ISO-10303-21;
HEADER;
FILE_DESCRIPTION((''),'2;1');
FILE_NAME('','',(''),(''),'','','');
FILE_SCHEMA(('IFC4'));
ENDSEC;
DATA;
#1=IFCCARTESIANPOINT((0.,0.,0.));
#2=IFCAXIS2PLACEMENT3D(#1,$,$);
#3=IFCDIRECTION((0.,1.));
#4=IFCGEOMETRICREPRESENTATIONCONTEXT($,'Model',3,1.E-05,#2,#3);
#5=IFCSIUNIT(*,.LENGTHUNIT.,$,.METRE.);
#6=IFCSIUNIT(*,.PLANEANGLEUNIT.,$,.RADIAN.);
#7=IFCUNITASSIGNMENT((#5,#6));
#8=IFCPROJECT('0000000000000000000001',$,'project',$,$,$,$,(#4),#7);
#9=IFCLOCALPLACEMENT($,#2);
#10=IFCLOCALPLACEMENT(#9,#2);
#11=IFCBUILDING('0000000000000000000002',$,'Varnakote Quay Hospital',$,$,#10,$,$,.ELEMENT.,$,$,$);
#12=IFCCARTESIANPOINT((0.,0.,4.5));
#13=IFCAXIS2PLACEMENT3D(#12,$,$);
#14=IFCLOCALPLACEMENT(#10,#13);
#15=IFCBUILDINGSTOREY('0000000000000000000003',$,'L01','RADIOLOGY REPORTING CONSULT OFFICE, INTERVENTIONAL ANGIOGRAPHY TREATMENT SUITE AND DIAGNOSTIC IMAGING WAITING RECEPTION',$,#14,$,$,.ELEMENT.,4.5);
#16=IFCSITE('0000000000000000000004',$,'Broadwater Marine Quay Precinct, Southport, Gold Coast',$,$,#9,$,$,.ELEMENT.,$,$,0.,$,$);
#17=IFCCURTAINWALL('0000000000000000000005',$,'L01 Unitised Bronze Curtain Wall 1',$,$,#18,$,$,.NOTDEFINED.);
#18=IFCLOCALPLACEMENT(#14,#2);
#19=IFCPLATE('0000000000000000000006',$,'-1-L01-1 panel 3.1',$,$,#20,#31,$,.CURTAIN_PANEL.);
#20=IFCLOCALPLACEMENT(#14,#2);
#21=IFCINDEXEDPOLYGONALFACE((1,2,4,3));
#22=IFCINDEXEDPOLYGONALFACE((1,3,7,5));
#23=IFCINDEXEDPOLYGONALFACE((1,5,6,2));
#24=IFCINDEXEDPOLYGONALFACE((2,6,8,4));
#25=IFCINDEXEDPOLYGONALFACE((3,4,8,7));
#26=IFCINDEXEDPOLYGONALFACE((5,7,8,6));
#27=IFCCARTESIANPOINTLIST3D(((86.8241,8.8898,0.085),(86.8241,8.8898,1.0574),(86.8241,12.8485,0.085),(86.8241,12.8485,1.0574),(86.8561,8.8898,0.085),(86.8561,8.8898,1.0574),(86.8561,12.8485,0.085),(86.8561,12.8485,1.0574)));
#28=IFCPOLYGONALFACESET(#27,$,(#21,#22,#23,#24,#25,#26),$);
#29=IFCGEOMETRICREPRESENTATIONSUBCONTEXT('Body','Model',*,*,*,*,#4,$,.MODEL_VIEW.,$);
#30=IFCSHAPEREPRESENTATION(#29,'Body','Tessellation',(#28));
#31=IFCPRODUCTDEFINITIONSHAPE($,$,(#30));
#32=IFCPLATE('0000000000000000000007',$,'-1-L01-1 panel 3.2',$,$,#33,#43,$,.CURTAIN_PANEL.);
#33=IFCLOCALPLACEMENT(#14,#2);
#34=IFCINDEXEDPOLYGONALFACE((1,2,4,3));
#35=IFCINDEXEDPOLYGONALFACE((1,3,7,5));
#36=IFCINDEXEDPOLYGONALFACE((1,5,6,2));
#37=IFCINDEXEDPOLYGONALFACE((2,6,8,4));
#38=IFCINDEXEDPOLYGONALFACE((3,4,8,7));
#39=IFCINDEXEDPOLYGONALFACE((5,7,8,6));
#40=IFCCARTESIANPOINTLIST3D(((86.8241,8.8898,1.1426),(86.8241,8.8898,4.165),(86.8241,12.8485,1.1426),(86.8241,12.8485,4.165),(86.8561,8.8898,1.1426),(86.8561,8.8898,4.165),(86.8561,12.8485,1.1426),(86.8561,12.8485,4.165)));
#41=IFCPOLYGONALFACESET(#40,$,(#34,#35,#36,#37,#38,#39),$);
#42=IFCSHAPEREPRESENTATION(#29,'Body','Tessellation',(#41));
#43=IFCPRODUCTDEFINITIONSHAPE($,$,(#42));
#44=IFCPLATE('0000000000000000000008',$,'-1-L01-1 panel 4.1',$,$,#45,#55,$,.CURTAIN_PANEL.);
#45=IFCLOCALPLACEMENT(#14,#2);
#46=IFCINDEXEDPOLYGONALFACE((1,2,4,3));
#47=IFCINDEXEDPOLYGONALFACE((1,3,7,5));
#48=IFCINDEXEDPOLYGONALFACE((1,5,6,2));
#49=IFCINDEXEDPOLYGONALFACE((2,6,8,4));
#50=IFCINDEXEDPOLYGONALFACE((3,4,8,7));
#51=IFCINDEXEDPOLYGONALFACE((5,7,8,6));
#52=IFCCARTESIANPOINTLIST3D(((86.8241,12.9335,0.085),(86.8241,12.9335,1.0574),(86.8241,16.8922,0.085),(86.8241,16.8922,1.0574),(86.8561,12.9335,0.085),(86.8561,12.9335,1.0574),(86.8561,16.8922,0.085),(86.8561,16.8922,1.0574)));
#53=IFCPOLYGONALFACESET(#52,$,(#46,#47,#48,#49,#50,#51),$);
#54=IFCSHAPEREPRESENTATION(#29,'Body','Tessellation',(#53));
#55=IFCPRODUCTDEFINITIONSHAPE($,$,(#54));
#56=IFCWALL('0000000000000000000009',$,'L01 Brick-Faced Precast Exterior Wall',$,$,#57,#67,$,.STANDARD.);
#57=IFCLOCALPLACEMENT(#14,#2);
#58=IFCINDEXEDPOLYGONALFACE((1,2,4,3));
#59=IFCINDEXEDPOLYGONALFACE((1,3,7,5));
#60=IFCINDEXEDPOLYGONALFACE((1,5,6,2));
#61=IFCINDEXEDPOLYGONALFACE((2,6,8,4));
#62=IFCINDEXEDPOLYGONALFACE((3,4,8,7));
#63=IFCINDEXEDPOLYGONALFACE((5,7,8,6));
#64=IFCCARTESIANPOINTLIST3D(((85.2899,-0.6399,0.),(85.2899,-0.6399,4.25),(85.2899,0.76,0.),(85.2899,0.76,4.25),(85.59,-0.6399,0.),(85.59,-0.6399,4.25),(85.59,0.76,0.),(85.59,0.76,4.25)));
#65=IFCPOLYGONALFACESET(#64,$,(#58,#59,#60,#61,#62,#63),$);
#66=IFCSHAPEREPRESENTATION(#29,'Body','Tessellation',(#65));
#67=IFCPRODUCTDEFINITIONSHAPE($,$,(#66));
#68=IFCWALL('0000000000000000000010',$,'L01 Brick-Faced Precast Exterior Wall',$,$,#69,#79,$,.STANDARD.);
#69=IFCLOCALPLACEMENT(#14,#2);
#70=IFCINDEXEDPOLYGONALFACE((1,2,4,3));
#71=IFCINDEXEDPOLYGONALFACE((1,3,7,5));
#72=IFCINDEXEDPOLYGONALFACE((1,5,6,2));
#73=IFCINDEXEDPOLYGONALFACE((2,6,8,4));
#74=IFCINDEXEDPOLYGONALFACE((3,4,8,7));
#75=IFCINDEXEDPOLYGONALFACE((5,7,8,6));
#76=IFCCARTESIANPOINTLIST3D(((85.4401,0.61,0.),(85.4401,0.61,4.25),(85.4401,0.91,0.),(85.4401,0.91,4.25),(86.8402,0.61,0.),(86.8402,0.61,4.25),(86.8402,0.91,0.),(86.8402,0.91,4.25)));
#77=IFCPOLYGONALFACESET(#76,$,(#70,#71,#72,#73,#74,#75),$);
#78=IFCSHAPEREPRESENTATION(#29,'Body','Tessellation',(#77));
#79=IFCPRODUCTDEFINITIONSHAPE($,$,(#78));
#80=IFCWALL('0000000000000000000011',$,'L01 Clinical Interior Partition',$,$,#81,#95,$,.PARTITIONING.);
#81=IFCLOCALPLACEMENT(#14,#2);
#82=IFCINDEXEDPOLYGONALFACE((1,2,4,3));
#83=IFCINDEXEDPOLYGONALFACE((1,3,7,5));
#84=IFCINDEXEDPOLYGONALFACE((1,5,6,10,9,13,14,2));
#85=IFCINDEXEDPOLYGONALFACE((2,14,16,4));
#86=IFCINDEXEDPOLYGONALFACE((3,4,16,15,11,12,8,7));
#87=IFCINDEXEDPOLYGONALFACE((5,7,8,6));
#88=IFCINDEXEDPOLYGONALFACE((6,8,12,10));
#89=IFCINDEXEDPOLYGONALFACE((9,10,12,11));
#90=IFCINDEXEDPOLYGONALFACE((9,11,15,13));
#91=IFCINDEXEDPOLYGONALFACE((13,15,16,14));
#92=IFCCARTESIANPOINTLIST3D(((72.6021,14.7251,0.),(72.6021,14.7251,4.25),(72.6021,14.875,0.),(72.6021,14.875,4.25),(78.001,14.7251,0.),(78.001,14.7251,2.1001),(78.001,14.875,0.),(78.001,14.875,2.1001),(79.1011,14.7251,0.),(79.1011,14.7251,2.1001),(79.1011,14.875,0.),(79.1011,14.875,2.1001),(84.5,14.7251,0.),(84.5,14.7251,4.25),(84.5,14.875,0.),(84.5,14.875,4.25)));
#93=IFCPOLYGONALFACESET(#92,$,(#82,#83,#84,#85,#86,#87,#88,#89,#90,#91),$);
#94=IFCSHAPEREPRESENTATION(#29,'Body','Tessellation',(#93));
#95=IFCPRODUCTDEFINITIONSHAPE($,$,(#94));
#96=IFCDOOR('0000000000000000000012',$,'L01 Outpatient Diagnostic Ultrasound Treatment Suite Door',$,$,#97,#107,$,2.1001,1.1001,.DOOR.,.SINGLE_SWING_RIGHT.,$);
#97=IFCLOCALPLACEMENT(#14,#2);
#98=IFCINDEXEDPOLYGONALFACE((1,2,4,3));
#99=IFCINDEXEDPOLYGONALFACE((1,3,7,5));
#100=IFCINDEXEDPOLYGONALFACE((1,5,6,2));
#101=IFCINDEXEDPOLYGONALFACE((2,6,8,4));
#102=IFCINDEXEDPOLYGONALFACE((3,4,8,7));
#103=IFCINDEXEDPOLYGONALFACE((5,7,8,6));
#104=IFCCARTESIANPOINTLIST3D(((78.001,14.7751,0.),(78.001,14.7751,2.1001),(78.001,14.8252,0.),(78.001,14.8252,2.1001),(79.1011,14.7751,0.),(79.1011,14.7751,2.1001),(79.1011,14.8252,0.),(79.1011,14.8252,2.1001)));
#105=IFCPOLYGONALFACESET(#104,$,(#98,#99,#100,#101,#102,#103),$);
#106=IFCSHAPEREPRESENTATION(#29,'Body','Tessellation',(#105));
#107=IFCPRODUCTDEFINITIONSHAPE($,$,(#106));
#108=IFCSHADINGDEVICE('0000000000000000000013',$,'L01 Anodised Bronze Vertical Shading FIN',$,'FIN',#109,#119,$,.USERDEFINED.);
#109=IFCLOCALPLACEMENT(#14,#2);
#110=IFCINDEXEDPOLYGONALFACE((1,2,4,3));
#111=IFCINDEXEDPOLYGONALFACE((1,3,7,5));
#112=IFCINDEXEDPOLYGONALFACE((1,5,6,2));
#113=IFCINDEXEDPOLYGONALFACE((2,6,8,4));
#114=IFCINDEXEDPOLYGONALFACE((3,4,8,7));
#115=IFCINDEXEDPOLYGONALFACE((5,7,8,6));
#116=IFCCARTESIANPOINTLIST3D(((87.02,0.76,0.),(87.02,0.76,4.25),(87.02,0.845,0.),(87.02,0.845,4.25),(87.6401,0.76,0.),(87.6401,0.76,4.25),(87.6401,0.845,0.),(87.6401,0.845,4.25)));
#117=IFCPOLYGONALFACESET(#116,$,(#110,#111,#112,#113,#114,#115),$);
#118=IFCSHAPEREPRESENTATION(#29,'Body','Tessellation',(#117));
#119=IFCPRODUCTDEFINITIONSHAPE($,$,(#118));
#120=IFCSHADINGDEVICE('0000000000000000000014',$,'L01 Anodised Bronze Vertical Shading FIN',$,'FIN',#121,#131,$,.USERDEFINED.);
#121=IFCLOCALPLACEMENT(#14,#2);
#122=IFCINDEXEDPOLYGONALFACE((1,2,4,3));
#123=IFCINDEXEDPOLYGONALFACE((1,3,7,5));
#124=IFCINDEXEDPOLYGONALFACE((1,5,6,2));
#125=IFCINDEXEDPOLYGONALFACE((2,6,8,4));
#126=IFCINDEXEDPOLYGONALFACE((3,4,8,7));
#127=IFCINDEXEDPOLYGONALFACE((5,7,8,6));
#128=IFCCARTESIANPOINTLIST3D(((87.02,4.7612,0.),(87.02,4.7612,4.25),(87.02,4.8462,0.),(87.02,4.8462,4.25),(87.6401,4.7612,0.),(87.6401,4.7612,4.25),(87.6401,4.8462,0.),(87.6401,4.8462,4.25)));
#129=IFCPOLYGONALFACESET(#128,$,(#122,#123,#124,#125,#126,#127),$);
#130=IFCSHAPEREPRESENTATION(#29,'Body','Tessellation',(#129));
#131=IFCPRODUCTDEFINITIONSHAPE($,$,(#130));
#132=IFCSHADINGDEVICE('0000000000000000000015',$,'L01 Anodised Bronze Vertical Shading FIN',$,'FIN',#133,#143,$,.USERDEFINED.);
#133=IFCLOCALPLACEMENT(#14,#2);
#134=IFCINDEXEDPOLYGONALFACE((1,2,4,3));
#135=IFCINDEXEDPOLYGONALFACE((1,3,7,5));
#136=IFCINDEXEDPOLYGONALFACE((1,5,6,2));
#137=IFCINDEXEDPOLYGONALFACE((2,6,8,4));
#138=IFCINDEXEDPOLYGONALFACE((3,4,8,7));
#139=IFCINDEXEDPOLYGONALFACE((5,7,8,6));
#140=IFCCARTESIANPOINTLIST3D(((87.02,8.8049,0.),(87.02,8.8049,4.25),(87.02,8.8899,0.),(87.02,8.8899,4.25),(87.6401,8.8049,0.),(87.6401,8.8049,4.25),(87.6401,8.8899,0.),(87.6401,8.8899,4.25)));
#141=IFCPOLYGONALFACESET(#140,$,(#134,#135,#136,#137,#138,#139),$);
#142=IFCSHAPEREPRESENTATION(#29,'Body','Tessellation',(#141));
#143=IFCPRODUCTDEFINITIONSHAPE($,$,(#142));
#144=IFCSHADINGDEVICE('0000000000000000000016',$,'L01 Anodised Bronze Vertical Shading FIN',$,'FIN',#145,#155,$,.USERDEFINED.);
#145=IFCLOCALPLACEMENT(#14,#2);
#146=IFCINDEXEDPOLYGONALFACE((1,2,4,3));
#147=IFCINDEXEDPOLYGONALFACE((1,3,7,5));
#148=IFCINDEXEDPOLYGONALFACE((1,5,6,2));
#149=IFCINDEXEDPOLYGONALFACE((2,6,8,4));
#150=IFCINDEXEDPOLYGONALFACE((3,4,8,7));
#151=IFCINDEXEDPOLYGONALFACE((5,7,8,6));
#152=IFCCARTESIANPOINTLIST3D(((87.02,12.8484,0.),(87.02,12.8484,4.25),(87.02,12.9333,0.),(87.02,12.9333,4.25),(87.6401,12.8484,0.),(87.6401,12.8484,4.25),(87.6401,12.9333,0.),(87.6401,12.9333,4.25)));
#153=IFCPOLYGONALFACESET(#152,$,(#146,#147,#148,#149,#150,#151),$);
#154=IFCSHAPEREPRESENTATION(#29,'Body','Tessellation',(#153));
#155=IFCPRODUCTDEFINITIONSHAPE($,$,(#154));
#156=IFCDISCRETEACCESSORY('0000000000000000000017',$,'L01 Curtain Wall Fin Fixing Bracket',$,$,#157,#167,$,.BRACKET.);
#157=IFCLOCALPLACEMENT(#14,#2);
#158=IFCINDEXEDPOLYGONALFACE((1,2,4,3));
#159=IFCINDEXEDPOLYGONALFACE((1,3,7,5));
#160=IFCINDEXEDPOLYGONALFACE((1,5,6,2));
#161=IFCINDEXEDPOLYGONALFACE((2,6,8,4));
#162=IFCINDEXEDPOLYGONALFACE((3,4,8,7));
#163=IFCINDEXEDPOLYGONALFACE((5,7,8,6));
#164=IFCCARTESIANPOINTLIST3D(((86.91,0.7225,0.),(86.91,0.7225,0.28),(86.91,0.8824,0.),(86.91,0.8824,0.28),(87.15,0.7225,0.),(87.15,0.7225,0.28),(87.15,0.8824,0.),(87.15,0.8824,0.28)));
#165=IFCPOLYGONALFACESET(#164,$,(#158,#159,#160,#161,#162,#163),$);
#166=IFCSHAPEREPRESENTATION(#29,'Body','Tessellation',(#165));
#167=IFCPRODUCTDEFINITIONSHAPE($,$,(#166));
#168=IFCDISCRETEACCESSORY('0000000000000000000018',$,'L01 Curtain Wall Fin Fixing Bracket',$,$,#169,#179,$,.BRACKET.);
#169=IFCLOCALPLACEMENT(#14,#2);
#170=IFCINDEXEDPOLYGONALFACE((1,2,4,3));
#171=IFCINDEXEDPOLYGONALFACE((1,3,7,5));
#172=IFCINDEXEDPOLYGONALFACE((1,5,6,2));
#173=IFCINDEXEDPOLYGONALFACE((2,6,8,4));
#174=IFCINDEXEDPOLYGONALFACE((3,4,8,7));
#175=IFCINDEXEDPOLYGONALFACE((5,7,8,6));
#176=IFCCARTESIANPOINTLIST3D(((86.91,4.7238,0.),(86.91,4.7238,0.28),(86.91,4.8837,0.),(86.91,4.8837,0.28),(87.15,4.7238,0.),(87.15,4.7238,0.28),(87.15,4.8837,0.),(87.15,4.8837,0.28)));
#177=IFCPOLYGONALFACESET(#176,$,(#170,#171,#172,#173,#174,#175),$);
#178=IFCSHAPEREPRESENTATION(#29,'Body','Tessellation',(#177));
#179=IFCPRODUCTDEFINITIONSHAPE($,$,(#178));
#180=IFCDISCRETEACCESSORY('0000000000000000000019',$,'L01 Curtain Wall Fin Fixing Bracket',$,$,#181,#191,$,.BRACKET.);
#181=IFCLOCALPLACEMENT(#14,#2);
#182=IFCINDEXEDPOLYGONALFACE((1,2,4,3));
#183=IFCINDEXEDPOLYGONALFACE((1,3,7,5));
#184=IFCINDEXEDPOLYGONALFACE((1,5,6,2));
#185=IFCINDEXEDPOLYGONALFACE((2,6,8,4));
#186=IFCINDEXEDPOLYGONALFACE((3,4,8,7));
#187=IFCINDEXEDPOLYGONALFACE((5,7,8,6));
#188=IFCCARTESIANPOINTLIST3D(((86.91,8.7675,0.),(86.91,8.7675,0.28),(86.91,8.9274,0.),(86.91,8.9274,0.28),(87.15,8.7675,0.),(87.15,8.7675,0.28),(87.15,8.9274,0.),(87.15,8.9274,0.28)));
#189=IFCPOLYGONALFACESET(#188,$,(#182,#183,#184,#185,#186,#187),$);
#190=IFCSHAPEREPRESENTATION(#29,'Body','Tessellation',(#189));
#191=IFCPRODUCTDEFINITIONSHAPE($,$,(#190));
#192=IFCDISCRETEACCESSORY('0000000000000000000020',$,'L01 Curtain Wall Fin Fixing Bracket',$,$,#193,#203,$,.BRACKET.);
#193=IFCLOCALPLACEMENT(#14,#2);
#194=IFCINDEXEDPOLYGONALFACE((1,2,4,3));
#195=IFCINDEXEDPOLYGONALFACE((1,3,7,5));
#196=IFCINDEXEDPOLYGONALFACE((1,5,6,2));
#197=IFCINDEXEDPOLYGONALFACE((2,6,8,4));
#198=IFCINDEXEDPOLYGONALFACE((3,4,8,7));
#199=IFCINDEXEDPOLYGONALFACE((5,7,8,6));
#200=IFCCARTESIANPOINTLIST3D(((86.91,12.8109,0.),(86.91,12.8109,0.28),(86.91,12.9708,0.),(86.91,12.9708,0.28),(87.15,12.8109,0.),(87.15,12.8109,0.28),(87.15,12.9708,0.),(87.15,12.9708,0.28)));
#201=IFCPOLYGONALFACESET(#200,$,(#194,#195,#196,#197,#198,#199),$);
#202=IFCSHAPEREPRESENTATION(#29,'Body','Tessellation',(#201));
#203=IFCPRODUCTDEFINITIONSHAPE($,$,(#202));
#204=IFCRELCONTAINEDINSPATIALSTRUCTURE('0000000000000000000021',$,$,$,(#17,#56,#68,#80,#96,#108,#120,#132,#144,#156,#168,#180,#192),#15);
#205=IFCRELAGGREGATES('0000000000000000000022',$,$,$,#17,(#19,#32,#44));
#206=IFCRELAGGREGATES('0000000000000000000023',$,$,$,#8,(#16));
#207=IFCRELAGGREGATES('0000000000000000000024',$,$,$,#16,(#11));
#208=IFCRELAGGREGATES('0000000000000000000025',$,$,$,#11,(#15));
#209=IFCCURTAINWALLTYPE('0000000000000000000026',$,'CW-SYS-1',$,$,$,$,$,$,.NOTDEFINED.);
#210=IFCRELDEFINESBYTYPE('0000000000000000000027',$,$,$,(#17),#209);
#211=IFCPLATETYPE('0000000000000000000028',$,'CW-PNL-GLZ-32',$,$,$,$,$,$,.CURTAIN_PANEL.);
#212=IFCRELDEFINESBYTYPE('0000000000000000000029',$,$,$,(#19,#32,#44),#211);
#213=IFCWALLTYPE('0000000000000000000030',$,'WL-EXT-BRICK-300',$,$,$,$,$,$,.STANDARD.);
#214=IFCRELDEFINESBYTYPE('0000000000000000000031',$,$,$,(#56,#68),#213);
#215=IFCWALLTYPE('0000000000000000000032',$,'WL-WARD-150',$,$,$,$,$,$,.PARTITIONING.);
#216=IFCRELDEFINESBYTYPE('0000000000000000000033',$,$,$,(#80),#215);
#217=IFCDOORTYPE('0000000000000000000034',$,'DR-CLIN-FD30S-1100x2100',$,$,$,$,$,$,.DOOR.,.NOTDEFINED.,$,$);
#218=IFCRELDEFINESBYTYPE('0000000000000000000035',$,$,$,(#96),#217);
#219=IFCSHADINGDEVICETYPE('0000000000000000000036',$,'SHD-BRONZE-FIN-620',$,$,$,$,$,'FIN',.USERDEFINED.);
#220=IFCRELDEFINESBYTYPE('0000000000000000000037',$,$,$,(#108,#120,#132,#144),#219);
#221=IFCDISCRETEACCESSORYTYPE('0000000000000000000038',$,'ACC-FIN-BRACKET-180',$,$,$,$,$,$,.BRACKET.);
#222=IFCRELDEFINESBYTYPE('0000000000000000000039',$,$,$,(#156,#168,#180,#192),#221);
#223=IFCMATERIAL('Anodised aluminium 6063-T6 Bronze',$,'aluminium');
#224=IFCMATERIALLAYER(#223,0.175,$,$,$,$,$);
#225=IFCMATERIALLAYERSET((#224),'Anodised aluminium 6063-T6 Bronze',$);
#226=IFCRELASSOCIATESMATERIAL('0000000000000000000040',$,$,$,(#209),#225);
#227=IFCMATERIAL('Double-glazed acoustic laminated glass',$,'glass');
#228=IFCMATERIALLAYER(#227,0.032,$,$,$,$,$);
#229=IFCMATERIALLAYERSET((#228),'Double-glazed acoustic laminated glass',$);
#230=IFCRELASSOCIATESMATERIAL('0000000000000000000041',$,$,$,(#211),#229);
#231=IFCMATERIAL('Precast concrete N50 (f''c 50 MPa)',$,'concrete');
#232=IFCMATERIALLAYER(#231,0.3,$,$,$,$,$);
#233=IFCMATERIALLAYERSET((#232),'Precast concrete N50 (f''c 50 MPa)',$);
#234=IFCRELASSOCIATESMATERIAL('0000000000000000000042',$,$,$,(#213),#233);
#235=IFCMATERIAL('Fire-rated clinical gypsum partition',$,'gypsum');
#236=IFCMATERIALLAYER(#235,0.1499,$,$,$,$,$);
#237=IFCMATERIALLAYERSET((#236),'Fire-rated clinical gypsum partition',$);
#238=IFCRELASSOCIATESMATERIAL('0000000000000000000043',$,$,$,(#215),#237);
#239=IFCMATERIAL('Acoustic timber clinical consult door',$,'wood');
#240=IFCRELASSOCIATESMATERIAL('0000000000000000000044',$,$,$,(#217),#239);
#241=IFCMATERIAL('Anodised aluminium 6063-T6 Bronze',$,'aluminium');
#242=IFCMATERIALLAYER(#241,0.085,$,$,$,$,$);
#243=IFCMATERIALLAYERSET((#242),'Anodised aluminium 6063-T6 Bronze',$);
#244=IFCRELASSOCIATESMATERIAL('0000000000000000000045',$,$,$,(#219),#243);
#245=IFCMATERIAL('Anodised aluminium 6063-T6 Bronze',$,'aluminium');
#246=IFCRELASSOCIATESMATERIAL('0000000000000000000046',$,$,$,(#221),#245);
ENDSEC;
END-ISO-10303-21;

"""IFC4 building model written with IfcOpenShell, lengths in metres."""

from ifc_helpers import new_model, si_unit, direction, frame, frame_2d, origin, origin_2d, place, context, subcontext, project, spatial, rectangle, extrude, material, layer, layer_set, type_object, element, fill, aggregate, save


model = new_model("IFC4")

# Units and contexts
model_context = context("Model", 3, precision=1e-05, world=origin(), true_north=direction((0.0, 1.0)))
body_context = subcontext(model_context, "Body", "Model", "MODEL_VIEW")
ifc_project = project(units=[si_unit("LENGTHUNIT", "METRE"), si_unit("PLANEANGLEUNIT", "RADIAN")], contexts=[model_context])

# Site, building, storey
site_placement = place(None, origin())
site = spatial("IfcSite", under=ifc_project, at=site_placement, Name="Broadwater Marine Quay Precinct, Southport, Gold Coast", CompositionType="ELEMENT", RefElevation=0.0)
building_placement = place(site_placement, origin())
building = spatial("IfcBuilding", under=site, at=building_placement, Name="Varnakote Quay Hospital", CompositionType="ELEMENT")
storey_placement = place(building_placement, frame((0.0, 0.0, 4.5)))
storey = spatial("IfcBuildingStorey", under=building, at=storey_placement, Name="L01", Description="RADIOLOGY REPORTING CONSULT OFFICE, INTERVENTIONAL ANGIOGRAPHY TREATMENT SUITE AND DIAGNOSTIC IMAGING WAITING RECEPTION", CompositionType="ELEMENT", Elevation=4.5)

# Curtain wall, plates
ifc_material_1 = material(Name="Anodised aluminium 6063-T6 Bronze", Category="aluminium")
ifc_layer_1 = layer(ifc_material_1, 0.175)
ifc_layer_set_1 = layer_set([ifc_layer_1], Name="Anodised aluminium 6063-T6 Bronze")
curtain_wall_type = type_object("IfcCurtainWallType", Name="CW-SYS-1", PredefinedType="NOTDEFINED", material=ifc_layer_set_1)
curtain_wall_placement = place(storey_placement, origin())
curtain_wall = element("IfcCurtainWall", 1, at=curtain_wall_placement, inside=storey, type_object=curtain_wall_type, Name="L01 Unitised Bronze Curtain Wall 1", PredefinedType="NOTDEFINED")
ifc_material_2 = material(Name="Double-glazed acoustic laminated glass", Category="glass")
ifc_layer_2 = layer(ifc_material_2, 0.032)
ifc_layer_set_2 = layer_set([ifc_layer_2], Name="Double-glazed acoustic laminated glass")
plate_type = type_object("IfcPlateType", Name="CW-PNL-GLZ-32", PredefinedType="CURTAIN_PANEL", material=ifc_layer_set_2)
plate_1_placement = place(storey_placement, frame((86.8401, 10.8691, 0.085), z_axis=(0.0, 0.0, 1.0), x_axis=(0.0, 1.0, 0.0)))
plate_1 = element("IfcPlate", 2, at=plate_1_placement, type_object=plate_type, Name="-1-L01-1 panel 3.1", PredefinedType="CURTAIN_PANEL", context=body_context, shape_type="SweptSolid", body=[
    extrude(rectangle(XDim=3.9587, YDim=0.032, at=origin_2d()), origin(), (0.0, 0.0, 1.0), 0.9724),
])
plate_2_placement = place(storey_placement, frame((86.8401, 10.8691, 1.1426), z_axis=(0.0, 0.0, 1.0), x_axis=(0.0, 1.0, 0.0)))
plate_2 = element("IfcPlate", 3, at=plate_2_placement, type_object=plate_type, Name="-1-L01-1 panel 3.2", PredefinedType="CURTAIN_PANEL", context=body_context, shape_type="SweptSolid", body=[
    extrude(rectangle(XDim=3.9587, YDim=0.032, at=origin_2d()), origin(), (0.0, 0.0, 1.0), 3.0225),
])
plate_3_placement = place(storey_placement, frame((86.8401, 14.9128, 0.085), z_axis=(0.0, 0.0, 1.0), x_axis=(0.0, 1.0, 0.0)))
plate_3 = element("IfcPlate", 4, at=plate_3_placement, type_object=plate_type, Name="-1-L01-1 panel 4.1", PredefinedType="CURTAIN_PANEL", context=body_context, shape_type="SweptSolid", body=[
    extrude(rectangle(XDim=3.9587, YDim=0.032, at=origin_2d()), origin(), (0.0, 0.0, 1.0), 0.9724),
])
aggregate(curtain_wall, [plate_1, plate_2, plate_3])

# Walls
ifc_material_3 = material(Name="Precast concrete N50 (f'c 50 MPa)", Category="concrete")
ifc_layer_3 = layer(ifc_material_3, 0.3)
ifc_layer_set_3 = layer_set([ifc_layer_3], Name="Precast concrete N50 (f'c 50 MPa)")
wall_type_1 = type_object("IfcWallType", Name="WL-EXT-BRICK-300", PredefinedType="STANDARD", material=ifc_layer_set_3)
wall_1_placement = place(storey_placement, frame((85.4399, -0.6399, 0.0), z_axis=(0.0, 0.0, 1.0), x_axis=(0.0, 1.0, 0.0)))
element("IfcWall", 5, at=wall_1_placement, inside=storey, type_object=wall_type_1, Name="L01 Brick-Faced Precast Exterior Wall", PredefinedType="STANDARD", context=body_context, shape_type="SweptSolid", body=[
    extrude(rectangle(XDim=1.3999, YDim=0.3, at=frame_2d((0.7, 0.0))), origin(), (0.0, 0.0, 1.0), 4.25),
])
wall_2_placement = place(storey_placement, frame((85.4399, 0.76, 0.0), z_axis=(0.0, 0.0, 1.0), x_axis=(1.0, 0.0, 0.0)))
element("IfcWall", 6, at=wall_2_placement, inside=storey, type_object=wall_type_1, Name="L01 Brick-Faced Precast Exterior Wall", PredefinedType="STANDARD", context=body_context, shape_type="SweptSolid", body=[
    extrude(rectangle(XDim=1.4001, YDim=0.3, at=frame_2d((0.7002, 0.0))), origin(), (0.0, 0.0, 1.0), 4.25),
])

# Wall, opening, door
ifc_material_4 = material(Name="Fire-rated clinical gypsum partition", Category="gypsum")
ifc_layer_4 = layer(ifc_material_4, 0.1499)
ifc_layer_set_4 = layer_set([ifc_layer_4], Name="Fire-rated clinical gypsum partition")
wall_type_2 = type_object("IfcWallType", Name="WL-WARD-150", PredefinedType="PARTITIONING", material=ifc_layer_set_4)
wall_3_placement = place(storey_placement, frame((84.5, 14.8, 0.0), z_axis=(0.0, 0.0, 1.0), x_axis=(-1.0, 0.0, 0.0)))
wall_3 = element("IfcWall", 7, at=wall_3_placement, inside=storey, type_object=wall_type_2, Name="L01 Clinical Interior Partition", PredefinedType="PARTITIONING", context=body_context, shape_type="SweptSolid", body=[
    extrude(rectangle(XDim=11.8979, YDim=0.1499, at=frame_2d((5.949, 0.0))), origin(), (0.0, 0.0, 1.0), 4.25),
])
opening_placement = place(wall_3_placement, frame((5.3989, 0.0, 0.0)))
opening = element("IfcOpeningElement", 8, at=opening_placement, cuts=wall_3, PredefinedType="OPENING", context=body_context, shape_type="SweptSolid", body=[
    extrude(rectangle(XDim=1.1001, YDim=2.1001, at=frame_2d((0.55, 1.05))), frame((0.0, 0.085, 0.0), z_axis=(0.0, -1.0, 0.0), x_axis=(1.0, 0.0, 0.0)), (0.0, 0.0, 1.0), 0.1699),
])
ifc_material_5 = material(Name="Acoustic timber clinical consult door", Category="wood")
door_type = type_object("IfcDoorType", Name="DR-CLIN-FD30S-1100x2100", OperationType="NOTDEFINED", PredefinedType="DOOR", material=ifc_material_5)
door_placement = place(opening_placement, origin())
door = element("IfcDoor", 9, at=door_placement, inside=storey, type_object=door_type, Name="L01 Outpatient Diagnostic Ultrasound Treatment Suite Door", OperationType="SINGLE_SWING_RIGHT", OverallHeight=2.1001, OverallWidth=1.1001, PredefinedType="DOOR", context=body_context, shape_type="SweptSolid", body=[
    extrude(rectangle(XDim=1.1001, YDim=2.1001, at=frame_2d((0.55, 1.05))), frame((0.0, 0.0249, 0.0), z_axis=(0.0, -1.0, 0.0), x_axis=(1.0, 0.0, 0.0)), (0.0, 0.0, 1.0), 0.05),
])
fill(opening, door)

# Shading devices
ifc_material_6 = material(Name="Anodised aluminium 6063-T6 Bronze", Category="aluminium")
ifc_layer_5 = layer(ifc_material_6, 0.085)
ifc_layer_set_5 = layer_set([ifc_layer_5], Name="Anodised aluminium 6063-T6 Bronze")
shading_device_type = type_object("IfcShadingDeviceType", Name="SHD-BRONZE-FIN-620", ElementType="FIN", PredefinedType="USERDEFINED", material=ifc_layer_set_5)
for number, where, z_axis, x_axis, name in (
    (10, (87.3301, 0.8025, 0.0), (0.0, 0.0, 1.0), (-1.0, 0.0, 0.0), "L01 Anodised Bronze Vertical Shading FIN"),
    (11, (87.3301, 4.8037, 0.0), (0.0, 0.0, 1.0), (-1.0, 0.0, 0.0), "L01 Anodised Bronze Vertical Shading FIN"),
    (12, (87.3301, 8.8474, 0.0), (0.0, 0.0, 1.0), (-1.0, 0.0, 0.0), "L01 Anodised Bronze Vertical Shading FIN"),
    (13, (87.3301, 12.8909, 0.0), (0.0, 0.0, 1.0), (-1.0, 0.0, 0.0), "L01 Anodised Bronze Vertical Shading FIN"),
):
    element("IfcShadingDevice", number, at=place(storey_placement, frame(where, z_axis=z_axis, x_axis=x_axis)), inside=storey, type_object=shading_device_type, Name=name, ObjectType="FIN", PredefinedType="USERDEFINED", context=body_context, shape_type="SweptSolid", body=[
        extrude(rectangle(XDim=0.6201, YDim=0.085, at=origin_2d()), origin(), (0.0, 0.0, 1.0), 4.25),
    ])

# Discrete accessories
ifc_material_7 = material(Name="Anodised aluminium 6063-T6 Bronze", Category="aluminium")
discrete_accessory_type = type_object("IfcDiscreteAccessoryType", Name="ACC-FIN-BRACKET-180", PredefinedType="BRACKET", material=ifc_material_7)
for number, where, z_axis, x_axis, name in (
    (14, (87.03, 0.8025, 0.0), (0.0, 0.0, 1.0), (0.0, 1.0, 0.0), "L01 Curtain Wall Fin Fixing Bracket"),
    (15, (87.03, 4.8037, 0.0), (0.0, 0.0, 1.0), (0.0, 1.0, 0.0), "L01 Curtain Wall Fin Fixing Bracket"),
    (16, (87.03, 8.8474, 0.0), (0.0, 0.0, 1.0), (0.0, 1.0, 0.0), "L01 Curtain Wall Fin Fixing Bracket"),
    (17, (87.03, 12.8909, 0.0), (0.0, 0.0, 1.0), (0.0, 1.0, 0.0), "L01 Curtain Wall Fin Fixing Bracket"),
):
    element("IfcDiscreteAccessory", number, at=place(storey_placement, frame(where, z_axis=z_axis, x_axis=x_axis)), inside=storey, type_object=discrete_accessory_type, Name=name, PredefinedType="BRACKET", context=body_context, shape_type="SweptSolid", body=[
        extrude(rectangle(XDim=0.1599, YDim=0.24, at=origin_2d()), origin(), (0.0, 0.0, 1.0), 0.28),
    ])

save(model, "model.ifc")
